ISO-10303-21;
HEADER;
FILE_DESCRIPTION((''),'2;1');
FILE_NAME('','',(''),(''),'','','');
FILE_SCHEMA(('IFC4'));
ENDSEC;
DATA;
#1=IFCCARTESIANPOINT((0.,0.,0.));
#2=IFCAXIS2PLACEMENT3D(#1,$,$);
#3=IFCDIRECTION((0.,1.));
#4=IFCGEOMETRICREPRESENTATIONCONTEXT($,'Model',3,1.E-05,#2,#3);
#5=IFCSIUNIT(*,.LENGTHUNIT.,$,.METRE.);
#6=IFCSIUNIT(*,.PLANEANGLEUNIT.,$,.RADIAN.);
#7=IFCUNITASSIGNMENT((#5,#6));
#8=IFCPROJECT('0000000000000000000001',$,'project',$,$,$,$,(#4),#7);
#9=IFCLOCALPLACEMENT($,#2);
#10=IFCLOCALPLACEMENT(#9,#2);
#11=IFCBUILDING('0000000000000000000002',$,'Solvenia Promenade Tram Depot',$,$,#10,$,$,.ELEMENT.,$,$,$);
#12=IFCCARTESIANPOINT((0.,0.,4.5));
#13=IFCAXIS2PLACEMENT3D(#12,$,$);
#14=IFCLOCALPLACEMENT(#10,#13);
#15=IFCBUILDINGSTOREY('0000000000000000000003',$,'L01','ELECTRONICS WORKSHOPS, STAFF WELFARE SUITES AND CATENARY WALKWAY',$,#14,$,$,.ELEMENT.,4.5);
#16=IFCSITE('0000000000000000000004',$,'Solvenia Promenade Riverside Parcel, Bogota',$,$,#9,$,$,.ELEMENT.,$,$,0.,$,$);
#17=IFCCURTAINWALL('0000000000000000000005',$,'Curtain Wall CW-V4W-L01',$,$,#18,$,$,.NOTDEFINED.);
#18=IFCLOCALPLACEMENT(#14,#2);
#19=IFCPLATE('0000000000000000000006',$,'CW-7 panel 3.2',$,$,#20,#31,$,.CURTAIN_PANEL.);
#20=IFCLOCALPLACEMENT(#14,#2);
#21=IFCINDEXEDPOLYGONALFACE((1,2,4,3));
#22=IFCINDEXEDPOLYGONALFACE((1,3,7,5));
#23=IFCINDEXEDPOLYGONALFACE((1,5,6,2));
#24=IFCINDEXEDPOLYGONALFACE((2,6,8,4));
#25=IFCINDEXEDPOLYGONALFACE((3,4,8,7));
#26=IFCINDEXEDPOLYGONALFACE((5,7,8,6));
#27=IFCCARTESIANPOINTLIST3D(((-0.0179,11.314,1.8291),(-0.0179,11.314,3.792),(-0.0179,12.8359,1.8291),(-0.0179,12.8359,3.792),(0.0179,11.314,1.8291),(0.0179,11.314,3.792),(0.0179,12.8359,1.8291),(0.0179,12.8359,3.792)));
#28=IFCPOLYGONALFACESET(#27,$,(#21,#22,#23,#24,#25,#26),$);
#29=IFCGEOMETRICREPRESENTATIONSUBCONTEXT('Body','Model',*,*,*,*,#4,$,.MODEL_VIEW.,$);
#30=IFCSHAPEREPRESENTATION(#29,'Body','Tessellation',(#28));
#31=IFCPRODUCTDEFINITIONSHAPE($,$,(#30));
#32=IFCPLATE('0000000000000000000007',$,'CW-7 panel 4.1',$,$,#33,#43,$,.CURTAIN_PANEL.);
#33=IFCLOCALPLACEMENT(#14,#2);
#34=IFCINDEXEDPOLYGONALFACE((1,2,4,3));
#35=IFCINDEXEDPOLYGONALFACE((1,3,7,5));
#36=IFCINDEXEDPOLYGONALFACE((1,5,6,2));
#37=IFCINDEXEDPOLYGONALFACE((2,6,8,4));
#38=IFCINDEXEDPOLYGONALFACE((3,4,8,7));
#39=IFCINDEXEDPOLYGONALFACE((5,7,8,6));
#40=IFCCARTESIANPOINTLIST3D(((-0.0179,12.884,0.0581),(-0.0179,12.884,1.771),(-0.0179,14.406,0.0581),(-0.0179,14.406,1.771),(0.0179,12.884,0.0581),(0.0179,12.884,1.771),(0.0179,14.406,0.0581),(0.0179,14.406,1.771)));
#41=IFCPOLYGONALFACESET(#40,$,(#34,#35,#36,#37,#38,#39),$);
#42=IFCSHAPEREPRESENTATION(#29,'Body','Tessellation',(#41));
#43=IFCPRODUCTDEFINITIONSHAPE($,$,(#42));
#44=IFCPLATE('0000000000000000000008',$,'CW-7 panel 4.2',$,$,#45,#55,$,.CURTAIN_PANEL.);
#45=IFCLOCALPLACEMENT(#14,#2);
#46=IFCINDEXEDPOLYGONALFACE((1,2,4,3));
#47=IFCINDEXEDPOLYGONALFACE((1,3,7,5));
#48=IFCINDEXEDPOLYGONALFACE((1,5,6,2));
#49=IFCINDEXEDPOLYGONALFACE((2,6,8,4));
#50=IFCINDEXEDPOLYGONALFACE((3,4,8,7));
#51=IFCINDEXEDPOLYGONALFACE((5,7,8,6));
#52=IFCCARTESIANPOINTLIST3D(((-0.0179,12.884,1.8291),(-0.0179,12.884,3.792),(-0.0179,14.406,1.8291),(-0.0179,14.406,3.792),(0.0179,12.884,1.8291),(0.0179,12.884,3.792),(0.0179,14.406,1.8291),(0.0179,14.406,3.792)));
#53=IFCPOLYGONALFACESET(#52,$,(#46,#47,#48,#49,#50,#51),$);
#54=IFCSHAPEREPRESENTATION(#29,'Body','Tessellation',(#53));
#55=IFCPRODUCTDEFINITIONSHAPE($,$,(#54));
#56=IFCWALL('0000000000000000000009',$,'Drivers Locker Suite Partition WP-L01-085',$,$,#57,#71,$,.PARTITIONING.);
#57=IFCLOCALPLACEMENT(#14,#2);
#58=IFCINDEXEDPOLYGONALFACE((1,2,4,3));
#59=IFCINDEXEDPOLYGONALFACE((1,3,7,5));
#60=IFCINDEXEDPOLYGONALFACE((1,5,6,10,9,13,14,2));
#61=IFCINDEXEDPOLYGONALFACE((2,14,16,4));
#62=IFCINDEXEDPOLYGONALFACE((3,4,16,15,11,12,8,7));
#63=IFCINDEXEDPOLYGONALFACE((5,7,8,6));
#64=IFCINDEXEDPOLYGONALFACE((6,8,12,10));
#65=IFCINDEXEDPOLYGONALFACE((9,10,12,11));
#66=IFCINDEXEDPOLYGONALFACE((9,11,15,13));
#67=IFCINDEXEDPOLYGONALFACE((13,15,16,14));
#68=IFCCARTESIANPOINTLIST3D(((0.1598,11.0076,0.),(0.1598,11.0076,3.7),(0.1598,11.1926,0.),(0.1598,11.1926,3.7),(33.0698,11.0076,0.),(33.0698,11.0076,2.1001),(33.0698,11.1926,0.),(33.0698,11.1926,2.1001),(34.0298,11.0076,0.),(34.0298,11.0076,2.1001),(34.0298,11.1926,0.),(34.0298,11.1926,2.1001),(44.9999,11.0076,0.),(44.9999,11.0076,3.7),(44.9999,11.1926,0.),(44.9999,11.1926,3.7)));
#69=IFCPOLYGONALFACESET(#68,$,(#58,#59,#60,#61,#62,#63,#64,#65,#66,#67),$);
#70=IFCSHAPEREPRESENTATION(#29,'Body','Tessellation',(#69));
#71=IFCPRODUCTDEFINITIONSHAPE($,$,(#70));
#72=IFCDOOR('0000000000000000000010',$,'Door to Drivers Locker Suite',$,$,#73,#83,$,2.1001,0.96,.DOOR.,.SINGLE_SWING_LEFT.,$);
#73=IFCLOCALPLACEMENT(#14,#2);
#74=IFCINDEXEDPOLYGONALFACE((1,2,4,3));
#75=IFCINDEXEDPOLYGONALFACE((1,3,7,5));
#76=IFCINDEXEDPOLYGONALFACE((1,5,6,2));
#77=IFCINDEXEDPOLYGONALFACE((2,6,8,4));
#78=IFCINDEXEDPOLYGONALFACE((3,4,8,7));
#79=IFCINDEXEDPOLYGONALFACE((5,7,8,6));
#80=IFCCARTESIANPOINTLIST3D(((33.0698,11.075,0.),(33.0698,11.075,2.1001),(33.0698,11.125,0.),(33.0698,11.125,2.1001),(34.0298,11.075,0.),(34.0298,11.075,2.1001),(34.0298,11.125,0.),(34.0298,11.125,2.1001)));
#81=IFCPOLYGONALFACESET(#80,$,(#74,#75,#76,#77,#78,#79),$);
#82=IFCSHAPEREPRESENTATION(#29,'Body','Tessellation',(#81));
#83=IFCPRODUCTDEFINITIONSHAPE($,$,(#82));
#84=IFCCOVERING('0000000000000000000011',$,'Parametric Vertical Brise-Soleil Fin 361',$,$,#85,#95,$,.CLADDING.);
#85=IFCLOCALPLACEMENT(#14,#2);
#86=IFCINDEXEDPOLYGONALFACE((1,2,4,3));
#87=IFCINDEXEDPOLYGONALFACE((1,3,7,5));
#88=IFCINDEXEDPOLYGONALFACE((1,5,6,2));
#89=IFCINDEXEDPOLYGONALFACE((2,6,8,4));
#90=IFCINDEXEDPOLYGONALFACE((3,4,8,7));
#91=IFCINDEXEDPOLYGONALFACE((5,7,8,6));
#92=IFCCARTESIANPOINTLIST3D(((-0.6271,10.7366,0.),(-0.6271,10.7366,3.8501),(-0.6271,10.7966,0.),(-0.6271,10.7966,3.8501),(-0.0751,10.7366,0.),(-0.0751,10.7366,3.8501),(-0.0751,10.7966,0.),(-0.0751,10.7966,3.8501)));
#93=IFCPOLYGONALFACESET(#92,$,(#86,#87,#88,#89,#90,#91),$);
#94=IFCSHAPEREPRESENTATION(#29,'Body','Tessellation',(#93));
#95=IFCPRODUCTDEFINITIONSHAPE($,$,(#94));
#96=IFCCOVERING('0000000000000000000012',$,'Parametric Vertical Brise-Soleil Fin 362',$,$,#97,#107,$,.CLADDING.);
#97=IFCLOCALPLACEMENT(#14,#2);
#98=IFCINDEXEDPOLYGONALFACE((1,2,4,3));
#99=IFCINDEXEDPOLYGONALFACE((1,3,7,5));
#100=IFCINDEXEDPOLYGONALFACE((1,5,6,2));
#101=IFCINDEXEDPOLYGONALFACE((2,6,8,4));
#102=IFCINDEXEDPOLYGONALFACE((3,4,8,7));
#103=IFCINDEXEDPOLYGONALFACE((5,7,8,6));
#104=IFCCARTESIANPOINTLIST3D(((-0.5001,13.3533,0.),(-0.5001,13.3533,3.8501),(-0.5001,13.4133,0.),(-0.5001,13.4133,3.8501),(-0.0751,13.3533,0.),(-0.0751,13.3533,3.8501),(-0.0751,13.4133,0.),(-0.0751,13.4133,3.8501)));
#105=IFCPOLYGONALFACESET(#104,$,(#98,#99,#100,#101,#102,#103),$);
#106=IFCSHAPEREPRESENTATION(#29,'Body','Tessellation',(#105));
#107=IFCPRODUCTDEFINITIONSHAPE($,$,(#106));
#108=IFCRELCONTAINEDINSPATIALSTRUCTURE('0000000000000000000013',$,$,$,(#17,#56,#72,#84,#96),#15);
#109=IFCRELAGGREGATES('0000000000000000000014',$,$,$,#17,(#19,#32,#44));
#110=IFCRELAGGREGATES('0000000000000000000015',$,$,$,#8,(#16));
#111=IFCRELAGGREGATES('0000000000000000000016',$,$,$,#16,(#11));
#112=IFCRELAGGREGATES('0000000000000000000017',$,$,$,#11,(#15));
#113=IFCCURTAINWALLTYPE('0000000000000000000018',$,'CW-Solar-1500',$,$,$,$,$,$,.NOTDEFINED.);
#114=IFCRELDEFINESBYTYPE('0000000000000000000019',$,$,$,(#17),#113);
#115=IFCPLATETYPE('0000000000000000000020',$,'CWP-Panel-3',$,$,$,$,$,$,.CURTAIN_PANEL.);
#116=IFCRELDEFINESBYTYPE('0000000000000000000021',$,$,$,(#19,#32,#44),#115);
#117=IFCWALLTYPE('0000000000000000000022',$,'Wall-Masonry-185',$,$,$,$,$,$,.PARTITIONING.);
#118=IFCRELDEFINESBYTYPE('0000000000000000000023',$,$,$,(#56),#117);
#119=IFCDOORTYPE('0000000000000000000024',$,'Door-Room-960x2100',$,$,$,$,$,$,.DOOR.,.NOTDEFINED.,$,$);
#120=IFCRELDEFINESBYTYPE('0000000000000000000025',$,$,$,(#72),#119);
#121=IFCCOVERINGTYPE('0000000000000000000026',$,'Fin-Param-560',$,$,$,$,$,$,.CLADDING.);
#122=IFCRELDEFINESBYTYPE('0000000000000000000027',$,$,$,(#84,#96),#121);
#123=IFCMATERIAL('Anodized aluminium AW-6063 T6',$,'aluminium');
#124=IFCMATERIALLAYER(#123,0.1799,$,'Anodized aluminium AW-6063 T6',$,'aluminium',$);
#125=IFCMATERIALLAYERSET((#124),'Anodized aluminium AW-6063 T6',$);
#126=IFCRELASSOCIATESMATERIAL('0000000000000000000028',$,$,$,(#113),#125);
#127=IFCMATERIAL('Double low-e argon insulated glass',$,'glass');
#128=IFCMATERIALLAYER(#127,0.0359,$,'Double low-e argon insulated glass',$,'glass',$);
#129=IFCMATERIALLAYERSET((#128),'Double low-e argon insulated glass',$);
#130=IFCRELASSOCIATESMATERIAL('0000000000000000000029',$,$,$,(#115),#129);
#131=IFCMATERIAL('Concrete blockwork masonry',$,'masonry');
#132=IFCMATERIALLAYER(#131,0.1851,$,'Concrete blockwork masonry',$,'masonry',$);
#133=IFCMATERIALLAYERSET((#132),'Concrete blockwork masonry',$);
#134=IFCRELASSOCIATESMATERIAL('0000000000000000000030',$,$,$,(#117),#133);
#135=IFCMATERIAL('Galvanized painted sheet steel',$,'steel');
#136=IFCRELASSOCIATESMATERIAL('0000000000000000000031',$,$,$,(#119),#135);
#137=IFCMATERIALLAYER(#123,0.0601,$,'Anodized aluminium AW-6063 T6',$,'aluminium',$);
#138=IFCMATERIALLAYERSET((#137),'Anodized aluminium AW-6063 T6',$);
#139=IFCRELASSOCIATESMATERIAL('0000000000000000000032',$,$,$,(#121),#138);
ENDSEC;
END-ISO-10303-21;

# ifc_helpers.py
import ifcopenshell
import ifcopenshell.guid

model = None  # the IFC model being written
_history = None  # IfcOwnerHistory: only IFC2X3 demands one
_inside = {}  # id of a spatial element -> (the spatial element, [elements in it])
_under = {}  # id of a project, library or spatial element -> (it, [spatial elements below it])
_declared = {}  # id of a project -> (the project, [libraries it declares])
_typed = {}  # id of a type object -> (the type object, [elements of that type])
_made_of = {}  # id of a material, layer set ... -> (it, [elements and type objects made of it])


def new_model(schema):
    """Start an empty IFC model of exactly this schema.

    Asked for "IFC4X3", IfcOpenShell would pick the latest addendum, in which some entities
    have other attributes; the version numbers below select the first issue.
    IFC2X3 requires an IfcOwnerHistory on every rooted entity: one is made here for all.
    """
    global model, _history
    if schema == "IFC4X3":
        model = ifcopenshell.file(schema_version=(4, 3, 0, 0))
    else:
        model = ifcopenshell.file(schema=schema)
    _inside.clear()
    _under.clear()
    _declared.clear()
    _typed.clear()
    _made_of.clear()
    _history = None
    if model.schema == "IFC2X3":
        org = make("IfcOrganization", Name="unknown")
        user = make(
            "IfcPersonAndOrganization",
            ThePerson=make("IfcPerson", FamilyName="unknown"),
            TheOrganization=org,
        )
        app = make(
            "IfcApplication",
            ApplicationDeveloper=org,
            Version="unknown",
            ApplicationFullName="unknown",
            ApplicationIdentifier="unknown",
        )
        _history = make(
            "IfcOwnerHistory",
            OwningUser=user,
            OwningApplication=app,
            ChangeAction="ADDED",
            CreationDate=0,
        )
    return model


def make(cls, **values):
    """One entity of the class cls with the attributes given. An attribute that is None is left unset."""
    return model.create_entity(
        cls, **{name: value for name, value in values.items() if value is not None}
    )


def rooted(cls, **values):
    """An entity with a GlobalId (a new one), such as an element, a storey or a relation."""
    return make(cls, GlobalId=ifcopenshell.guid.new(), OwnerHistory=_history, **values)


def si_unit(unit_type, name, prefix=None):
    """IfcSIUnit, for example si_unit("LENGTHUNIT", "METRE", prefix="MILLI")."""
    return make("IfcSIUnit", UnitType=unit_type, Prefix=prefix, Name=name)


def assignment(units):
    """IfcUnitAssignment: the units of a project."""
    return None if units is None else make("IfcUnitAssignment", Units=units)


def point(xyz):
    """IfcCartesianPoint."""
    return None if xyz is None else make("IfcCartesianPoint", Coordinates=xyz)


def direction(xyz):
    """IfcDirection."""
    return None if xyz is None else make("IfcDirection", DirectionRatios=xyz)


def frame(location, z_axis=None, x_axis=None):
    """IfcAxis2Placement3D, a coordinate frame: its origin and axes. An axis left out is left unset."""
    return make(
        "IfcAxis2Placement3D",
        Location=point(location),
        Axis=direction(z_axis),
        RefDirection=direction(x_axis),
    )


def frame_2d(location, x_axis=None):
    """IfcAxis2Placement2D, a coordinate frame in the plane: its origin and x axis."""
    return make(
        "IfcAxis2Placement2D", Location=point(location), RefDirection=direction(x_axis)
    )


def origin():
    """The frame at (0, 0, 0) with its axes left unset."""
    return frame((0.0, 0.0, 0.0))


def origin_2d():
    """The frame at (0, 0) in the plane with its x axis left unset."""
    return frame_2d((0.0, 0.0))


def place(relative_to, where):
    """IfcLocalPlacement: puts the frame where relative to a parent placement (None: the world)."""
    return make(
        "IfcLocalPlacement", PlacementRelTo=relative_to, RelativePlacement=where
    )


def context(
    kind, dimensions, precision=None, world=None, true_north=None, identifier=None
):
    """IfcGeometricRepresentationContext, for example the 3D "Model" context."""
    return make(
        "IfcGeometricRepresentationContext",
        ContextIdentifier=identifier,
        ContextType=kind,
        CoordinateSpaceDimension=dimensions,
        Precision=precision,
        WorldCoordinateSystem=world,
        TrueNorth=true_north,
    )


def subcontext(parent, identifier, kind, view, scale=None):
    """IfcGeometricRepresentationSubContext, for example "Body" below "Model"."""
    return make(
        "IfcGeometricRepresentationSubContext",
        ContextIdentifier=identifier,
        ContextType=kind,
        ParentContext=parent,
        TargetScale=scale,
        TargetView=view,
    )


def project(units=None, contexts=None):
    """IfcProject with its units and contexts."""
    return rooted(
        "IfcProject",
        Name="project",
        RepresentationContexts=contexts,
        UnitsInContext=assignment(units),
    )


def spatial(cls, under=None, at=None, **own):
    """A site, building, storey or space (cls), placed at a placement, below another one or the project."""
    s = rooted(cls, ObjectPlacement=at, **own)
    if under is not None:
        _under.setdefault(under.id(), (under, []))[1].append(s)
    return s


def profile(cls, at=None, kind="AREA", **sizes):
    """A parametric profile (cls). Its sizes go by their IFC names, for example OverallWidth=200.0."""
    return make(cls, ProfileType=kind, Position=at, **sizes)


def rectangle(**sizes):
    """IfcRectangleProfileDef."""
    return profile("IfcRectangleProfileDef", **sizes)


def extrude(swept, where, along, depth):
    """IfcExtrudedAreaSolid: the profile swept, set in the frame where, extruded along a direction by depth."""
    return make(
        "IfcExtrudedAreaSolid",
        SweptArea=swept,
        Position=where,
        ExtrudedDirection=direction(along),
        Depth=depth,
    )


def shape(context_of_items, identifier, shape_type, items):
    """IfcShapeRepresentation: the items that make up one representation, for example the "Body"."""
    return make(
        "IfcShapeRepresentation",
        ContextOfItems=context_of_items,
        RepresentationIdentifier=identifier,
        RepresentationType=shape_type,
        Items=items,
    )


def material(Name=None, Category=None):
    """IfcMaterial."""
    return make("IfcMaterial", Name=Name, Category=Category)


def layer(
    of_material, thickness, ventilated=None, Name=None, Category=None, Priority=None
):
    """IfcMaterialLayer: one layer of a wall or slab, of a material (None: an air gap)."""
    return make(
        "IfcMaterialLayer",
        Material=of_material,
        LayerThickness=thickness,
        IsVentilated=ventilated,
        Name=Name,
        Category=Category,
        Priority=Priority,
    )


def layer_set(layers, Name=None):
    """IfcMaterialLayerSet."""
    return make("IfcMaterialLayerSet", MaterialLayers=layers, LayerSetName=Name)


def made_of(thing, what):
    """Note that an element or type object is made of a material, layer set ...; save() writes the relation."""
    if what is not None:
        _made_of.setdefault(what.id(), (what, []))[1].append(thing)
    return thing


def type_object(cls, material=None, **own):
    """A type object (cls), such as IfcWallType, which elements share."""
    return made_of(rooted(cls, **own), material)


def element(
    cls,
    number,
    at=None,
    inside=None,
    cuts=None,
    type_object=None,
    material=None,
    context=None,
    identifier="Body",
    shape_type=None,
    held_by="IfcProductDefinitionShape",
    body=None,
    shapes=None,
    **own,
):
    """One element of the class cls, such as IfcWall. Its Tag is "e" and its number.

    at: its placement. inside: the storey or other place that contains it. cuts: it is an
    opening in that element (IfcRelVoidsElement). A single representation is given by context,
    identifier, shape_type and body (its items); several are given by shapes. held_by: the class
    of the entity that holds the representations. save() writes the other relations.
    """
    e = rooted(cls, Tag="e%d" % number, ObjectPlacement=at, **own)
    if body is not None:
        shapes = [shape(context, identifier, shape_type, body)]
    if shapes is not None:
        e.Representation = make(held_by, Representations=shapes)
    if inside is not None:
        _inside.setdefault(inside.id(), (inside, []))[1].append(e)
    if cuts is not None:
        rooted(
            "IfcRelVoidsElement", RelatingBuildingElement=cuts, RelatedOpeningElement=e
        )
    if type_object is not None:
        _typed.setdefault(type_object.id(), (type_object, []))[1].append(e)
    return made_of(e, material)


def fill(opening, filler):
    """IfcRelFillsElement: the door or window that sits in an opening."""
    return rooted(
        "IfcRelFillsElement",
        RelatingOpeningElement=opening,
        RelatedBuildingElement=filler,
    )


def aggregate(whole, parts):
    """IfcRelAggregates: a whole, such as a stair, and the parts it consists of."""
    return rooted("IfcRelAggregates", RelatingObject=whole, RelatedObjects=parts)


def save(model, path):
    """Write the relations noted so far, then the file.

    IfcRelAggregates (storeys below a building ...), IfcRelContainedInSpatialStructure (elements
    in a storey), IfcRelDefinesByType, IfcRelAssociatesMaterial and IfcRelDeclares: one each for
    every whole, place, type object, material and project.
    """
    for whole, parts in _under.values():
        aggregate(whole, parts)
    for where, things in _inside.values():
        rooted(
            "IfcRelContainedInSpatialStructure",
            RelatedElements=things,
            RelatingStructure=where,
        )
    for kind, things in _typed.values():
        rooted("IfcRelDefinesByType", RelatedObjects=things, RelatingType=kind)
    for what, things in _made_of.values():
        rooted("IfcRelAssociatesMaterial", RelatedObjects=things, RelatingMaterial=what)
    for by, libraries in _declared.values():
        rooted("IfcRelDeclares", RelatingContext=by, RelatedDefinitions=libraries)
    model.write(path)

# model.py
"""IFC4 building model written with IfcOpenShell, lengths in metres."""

from ifc_helpers import new_model, si_unit, direction, frame, frame_2d, origin, origin_2d, place, context, subcontext, project, spatial, rectangle, extrude, material, layer, layer_set, type_object, element, fill, aggregate, save


model = new_model("IFC4")

# Units and contexts
model_context = context("Model", 3, precision=1e-05, world=origin(), true_north=direction((0.0, 1.0)))
body_context = subcontext(model_context, "Body", "Model", "MODEL_VIEW")
ifc_project = project(units=[si_unit("LENGTHUNIT", "METRE"), si_unit("PLANEANGLEUNIT", "RADIAN")], contexts=[model_context])

# Site, building, storey
site_placement = place(None, origin())
site = spatial("IfcSite", under=ifc_project, at=site_placement, Name="Solvenia Promenade Riverside Parcel, Bogota", CompositionType="ELEMENT", RefElevation=0.0)
building_placement = place(site_placement, origin())
building = spatial("IfcBuilding", under=site, at=building_placement, Name="Solvenia Promenade Tram Depot", CompositionType="ELEMENT")
storey_placement = place(building_placement, frame((0.0, 0.0, 4.5)))
storey = spatial("IfcBuildingStorey", under=building, at=storey_placement, Name="L01", Description="ELECTRONICS WORKSHOPS, STAFF WELFARE SUITES AND CATENARY WALKWAY", CompositionType="ELEMENT", Elevation=4.5)

# Curtain wall
ifc_material_1 = material(Name="Anodized aluminium AW-6063 T6", Category="aluminium")
ifc_layer_1 = layer(ifc_material_1, 0.1799, Name="Anodized aluminium AW-6063 T6", Category="aluminium")
ifc_layer_set_1 = layer_set([ifc_layer_1], Name="Anodized aluminium AW-6063 T6")
curtain_wall_type = type_object("IfcCurtainWallType", Name="CW-Solar-1500", PredefinedType="NOTDEFINED", material=ifc_layer_set_1)
curtain_wall_placement = place(storey_placement, origin())
curtain_wall = element("IfcCurtainWall", 1, at=curtain_wall_placement, inside=storey, type_object=curtain_wall_type, Name="Curtain Wall CW-V4W-L01", PredefinedType="NOTDEFINED")

# Plates
ifc_material_2 = material(Name="Double low-e argon insulated glass", Category="glass")
ifc_layer_2 = layer(ifc_material_2, 0.0359, Name="Double low-e argon insulated glass", Category="glass")
ifc_layer_set_2 = layer_set([ifc_layer_2], Name="Double low-e argon insulated glass")
plate_type = type_object("IfcPlateType", Name="CWP-Panel-3", PredefinedType="CURTAIN_PANEL", material=ifc_layer_set_2)
plate_1_placement = place(storey_placement, frame((0.0, 12.075, 1.8291), z_axis=(0.0, 0.0, 1.0), x_axis=(0.0, 1.0, 0.0)))
plate_1 = element("IfcPlate", 2, at=plate_1_placement, type_object=plate_type, Name="CW-7 panel 3.2", PredefinedType="CURTAIN_PANEL", context=body_context, shape_type="SweptSolid", body=[
    extrude(rectangle(XDim=1.522, YDim=0.0359, at=origin_2d()), origin(), (0.0, 0.0, 1.0), 1.9629),
])
plate_2_placement = place(storey_placement, frame((0.0, 13.645, 0.0581), z_axis=(0.0, 0.0, 1.0), x_axis=(0.0, 1.0, 0.0)))
plate_2 = element("IfcPlate", 3, at=plate_2_placement, type_object=plate_type, Name="CW-7 panel 4.1", PredefinedType="CURTAIN_PANEL", context=body_context, shape_type="SweptSolid", body=[
    extrude(rectangle(XDim=1.522, YDim=0.0359, at=origin_2d()), origin(), (0.0, 0.0, 1.0), 1.7129),
])
plate_3_placement = place(storey_placement, frame((0.0, 13.645, 1.8291), z_axis=(0.0, 0.0, 1.0), x_axis=(0.0, 1.0, 0.0)))
plate_3 = element("IfcPlate", 4, at=plate_3_placement, type_object=plate_type, Name="CW-7 panel 4.2", PredefinedType="CURTAIN_PANEL", context=body_context, shape_type="SweptSolid", body=[
    extrude(rectangle(XDim=1.522, YDim=0.0359, at=origin_2d()), origin(), (0.0, 0.0, 1.0), 1.9629),
])
aggregate(curtain_wall, [plate_1, plate_2, plate_3])

# Wall, opening, door
ifc_material_3 = material(Name="Concrete blockwork masonry", Category="masonry")
ifc_layer_3 = layer(ifc_material_3, 0.1851, Name="Concrete blockwork masonry", Category="masonry")
ifc_layer_set_3 = layer_set([ifc_layer_3], Name="Concrete blockwork masonry")
wall_type = type_object("IfcWallType", Name="Wall-Masonry-185", PredefinedType="PARTITIONING", material=ifc_layer_set_3)
wall_placement = place(storey_placement, frame((0.1599, 11.1001, 0.0), z_axis=(0.0, 0.0, 1.0), x_axis=(1.0, 0.0, 0.0)))
wall = element("IfcWall", 5, at=wall_placement, inside=storey, type_object=wall_type, Name="Drivers Locker Suite Partition WP-L01-085", PredefinedType="PARTITIONING", context=body_context, shape_type="SweptSolid", body=[
    extrude(rectangle(XDim=44.8401, YDim=0.1851, at=frame_2d((22.4199, 0.0))), origin(), (0.0, 0.0, 1.0), 3.7),
])
opening_placement = place(wall_placement, frame((32.9099, 0.0, 0.0)))
opening = element("IfcOpeningElement", 6, at=opening_placement, cuts=wall, PredefinedType="OPENING", context=body_context, shape_type="SweptSolid", body=[
    extrude(rectangle(XDim=0.96, YDim=2.1001, at=frame_2d((0.48, 1.05))), frame((0.0, 0.1025, 0.0), z_axis=(0.0, -1.0, 0.0), x_axis=(1.0, 0.0, 0.0)), (0.0, 0.0, 1.0), 0.2051),
])
ifc_material_4 = material(Name="Galvanized painted sheet steel", Category="steel")
door_type = type_object("IfcDoorType", Name="Door-Room-960x2100", OperationType="NOTDEFINED", PredefinedType="DOOR", material=ifc_material_4)
door_placement = place(opening_placement, origin())
door = element("IfcDoor", 7, at=door_placement, inside=storey, type_object=door_type, Name="Door to Drivers Locker Suite", OperationType="SINGLE_SWING_LEFT", OverallHeight=2.1001, OverallWidth=0.96, PredefinedType="DOOR", context=body_context, shape_type="SweptSolid", body=[
    extrude(rectangle(XDim=0.96, YDim=2.1001, at=frame_2d((0.48, 1.05))), frame((0.0, 0.0249, 0.0), z_axis=(0.0, -1.0, 0.0), x_axis=(1.0, 0.0, 0.0)), (0.0, 0.0, 1.0), 0.05),
])
fill(opening, door)

# Coverings
ifc_layer_4 = layer(ifc_material_1, 0.0601, Name="Anodized aluminium AW-6063 T6", Category="aluminium")
ifc_layer_set_4 = layer_set([ifc_layer_4], Name="Anodized aluminium AW-6063 T6")
covering_type = type_object("IfcCoveringType", Name="Fin-Param-560", PredefinedType="CLADDING", material=ifc_layer_set_4)
covering_1_placement = place(storey_placement, frame((-0.3511, 10.7666, 0.0), z_axis=(0.0, 0.0, 1.0), x_axis=(0.0, 1.0, 0.0)))
element("IfcCovering", 8, at=covering_1_placement, inside=storey, type_object=covering_type, Name="Parametric Vertical Brise-Soleil Fin 361", PredefinedType="CLADDING", context=body_context, shape_type="SweptSolid", body=[
    extrude(rectangle(XDim=0.0601, YDim=0.552, at=origin_2d()), origin(), (0.0, 0.0, 1.0), 3.8501),
])
covering_2_placement = place(storey_placement, frame((-0.2876, 13.3833, 0.0), z_axis=(0.0, 0.0, 1.0), x_axis=(0.0, 1.0, 0.0)))
element("IfcCovering", 9, at=covering_2_placement, inside=storey, type_object=covering_type, Name="Parametric Vertical Brise-Soleil Fin 362", PredefinedType="CLADDING", context=body_context, shape_type="SweptSolid", body=[
    extrude(rectangle(XDim=0.0601, YDim=0.425, at=origin_2d()), origin(), (0.0, 0.0, 1.0), 3.8501),
])

save(model, "model.ifc")
